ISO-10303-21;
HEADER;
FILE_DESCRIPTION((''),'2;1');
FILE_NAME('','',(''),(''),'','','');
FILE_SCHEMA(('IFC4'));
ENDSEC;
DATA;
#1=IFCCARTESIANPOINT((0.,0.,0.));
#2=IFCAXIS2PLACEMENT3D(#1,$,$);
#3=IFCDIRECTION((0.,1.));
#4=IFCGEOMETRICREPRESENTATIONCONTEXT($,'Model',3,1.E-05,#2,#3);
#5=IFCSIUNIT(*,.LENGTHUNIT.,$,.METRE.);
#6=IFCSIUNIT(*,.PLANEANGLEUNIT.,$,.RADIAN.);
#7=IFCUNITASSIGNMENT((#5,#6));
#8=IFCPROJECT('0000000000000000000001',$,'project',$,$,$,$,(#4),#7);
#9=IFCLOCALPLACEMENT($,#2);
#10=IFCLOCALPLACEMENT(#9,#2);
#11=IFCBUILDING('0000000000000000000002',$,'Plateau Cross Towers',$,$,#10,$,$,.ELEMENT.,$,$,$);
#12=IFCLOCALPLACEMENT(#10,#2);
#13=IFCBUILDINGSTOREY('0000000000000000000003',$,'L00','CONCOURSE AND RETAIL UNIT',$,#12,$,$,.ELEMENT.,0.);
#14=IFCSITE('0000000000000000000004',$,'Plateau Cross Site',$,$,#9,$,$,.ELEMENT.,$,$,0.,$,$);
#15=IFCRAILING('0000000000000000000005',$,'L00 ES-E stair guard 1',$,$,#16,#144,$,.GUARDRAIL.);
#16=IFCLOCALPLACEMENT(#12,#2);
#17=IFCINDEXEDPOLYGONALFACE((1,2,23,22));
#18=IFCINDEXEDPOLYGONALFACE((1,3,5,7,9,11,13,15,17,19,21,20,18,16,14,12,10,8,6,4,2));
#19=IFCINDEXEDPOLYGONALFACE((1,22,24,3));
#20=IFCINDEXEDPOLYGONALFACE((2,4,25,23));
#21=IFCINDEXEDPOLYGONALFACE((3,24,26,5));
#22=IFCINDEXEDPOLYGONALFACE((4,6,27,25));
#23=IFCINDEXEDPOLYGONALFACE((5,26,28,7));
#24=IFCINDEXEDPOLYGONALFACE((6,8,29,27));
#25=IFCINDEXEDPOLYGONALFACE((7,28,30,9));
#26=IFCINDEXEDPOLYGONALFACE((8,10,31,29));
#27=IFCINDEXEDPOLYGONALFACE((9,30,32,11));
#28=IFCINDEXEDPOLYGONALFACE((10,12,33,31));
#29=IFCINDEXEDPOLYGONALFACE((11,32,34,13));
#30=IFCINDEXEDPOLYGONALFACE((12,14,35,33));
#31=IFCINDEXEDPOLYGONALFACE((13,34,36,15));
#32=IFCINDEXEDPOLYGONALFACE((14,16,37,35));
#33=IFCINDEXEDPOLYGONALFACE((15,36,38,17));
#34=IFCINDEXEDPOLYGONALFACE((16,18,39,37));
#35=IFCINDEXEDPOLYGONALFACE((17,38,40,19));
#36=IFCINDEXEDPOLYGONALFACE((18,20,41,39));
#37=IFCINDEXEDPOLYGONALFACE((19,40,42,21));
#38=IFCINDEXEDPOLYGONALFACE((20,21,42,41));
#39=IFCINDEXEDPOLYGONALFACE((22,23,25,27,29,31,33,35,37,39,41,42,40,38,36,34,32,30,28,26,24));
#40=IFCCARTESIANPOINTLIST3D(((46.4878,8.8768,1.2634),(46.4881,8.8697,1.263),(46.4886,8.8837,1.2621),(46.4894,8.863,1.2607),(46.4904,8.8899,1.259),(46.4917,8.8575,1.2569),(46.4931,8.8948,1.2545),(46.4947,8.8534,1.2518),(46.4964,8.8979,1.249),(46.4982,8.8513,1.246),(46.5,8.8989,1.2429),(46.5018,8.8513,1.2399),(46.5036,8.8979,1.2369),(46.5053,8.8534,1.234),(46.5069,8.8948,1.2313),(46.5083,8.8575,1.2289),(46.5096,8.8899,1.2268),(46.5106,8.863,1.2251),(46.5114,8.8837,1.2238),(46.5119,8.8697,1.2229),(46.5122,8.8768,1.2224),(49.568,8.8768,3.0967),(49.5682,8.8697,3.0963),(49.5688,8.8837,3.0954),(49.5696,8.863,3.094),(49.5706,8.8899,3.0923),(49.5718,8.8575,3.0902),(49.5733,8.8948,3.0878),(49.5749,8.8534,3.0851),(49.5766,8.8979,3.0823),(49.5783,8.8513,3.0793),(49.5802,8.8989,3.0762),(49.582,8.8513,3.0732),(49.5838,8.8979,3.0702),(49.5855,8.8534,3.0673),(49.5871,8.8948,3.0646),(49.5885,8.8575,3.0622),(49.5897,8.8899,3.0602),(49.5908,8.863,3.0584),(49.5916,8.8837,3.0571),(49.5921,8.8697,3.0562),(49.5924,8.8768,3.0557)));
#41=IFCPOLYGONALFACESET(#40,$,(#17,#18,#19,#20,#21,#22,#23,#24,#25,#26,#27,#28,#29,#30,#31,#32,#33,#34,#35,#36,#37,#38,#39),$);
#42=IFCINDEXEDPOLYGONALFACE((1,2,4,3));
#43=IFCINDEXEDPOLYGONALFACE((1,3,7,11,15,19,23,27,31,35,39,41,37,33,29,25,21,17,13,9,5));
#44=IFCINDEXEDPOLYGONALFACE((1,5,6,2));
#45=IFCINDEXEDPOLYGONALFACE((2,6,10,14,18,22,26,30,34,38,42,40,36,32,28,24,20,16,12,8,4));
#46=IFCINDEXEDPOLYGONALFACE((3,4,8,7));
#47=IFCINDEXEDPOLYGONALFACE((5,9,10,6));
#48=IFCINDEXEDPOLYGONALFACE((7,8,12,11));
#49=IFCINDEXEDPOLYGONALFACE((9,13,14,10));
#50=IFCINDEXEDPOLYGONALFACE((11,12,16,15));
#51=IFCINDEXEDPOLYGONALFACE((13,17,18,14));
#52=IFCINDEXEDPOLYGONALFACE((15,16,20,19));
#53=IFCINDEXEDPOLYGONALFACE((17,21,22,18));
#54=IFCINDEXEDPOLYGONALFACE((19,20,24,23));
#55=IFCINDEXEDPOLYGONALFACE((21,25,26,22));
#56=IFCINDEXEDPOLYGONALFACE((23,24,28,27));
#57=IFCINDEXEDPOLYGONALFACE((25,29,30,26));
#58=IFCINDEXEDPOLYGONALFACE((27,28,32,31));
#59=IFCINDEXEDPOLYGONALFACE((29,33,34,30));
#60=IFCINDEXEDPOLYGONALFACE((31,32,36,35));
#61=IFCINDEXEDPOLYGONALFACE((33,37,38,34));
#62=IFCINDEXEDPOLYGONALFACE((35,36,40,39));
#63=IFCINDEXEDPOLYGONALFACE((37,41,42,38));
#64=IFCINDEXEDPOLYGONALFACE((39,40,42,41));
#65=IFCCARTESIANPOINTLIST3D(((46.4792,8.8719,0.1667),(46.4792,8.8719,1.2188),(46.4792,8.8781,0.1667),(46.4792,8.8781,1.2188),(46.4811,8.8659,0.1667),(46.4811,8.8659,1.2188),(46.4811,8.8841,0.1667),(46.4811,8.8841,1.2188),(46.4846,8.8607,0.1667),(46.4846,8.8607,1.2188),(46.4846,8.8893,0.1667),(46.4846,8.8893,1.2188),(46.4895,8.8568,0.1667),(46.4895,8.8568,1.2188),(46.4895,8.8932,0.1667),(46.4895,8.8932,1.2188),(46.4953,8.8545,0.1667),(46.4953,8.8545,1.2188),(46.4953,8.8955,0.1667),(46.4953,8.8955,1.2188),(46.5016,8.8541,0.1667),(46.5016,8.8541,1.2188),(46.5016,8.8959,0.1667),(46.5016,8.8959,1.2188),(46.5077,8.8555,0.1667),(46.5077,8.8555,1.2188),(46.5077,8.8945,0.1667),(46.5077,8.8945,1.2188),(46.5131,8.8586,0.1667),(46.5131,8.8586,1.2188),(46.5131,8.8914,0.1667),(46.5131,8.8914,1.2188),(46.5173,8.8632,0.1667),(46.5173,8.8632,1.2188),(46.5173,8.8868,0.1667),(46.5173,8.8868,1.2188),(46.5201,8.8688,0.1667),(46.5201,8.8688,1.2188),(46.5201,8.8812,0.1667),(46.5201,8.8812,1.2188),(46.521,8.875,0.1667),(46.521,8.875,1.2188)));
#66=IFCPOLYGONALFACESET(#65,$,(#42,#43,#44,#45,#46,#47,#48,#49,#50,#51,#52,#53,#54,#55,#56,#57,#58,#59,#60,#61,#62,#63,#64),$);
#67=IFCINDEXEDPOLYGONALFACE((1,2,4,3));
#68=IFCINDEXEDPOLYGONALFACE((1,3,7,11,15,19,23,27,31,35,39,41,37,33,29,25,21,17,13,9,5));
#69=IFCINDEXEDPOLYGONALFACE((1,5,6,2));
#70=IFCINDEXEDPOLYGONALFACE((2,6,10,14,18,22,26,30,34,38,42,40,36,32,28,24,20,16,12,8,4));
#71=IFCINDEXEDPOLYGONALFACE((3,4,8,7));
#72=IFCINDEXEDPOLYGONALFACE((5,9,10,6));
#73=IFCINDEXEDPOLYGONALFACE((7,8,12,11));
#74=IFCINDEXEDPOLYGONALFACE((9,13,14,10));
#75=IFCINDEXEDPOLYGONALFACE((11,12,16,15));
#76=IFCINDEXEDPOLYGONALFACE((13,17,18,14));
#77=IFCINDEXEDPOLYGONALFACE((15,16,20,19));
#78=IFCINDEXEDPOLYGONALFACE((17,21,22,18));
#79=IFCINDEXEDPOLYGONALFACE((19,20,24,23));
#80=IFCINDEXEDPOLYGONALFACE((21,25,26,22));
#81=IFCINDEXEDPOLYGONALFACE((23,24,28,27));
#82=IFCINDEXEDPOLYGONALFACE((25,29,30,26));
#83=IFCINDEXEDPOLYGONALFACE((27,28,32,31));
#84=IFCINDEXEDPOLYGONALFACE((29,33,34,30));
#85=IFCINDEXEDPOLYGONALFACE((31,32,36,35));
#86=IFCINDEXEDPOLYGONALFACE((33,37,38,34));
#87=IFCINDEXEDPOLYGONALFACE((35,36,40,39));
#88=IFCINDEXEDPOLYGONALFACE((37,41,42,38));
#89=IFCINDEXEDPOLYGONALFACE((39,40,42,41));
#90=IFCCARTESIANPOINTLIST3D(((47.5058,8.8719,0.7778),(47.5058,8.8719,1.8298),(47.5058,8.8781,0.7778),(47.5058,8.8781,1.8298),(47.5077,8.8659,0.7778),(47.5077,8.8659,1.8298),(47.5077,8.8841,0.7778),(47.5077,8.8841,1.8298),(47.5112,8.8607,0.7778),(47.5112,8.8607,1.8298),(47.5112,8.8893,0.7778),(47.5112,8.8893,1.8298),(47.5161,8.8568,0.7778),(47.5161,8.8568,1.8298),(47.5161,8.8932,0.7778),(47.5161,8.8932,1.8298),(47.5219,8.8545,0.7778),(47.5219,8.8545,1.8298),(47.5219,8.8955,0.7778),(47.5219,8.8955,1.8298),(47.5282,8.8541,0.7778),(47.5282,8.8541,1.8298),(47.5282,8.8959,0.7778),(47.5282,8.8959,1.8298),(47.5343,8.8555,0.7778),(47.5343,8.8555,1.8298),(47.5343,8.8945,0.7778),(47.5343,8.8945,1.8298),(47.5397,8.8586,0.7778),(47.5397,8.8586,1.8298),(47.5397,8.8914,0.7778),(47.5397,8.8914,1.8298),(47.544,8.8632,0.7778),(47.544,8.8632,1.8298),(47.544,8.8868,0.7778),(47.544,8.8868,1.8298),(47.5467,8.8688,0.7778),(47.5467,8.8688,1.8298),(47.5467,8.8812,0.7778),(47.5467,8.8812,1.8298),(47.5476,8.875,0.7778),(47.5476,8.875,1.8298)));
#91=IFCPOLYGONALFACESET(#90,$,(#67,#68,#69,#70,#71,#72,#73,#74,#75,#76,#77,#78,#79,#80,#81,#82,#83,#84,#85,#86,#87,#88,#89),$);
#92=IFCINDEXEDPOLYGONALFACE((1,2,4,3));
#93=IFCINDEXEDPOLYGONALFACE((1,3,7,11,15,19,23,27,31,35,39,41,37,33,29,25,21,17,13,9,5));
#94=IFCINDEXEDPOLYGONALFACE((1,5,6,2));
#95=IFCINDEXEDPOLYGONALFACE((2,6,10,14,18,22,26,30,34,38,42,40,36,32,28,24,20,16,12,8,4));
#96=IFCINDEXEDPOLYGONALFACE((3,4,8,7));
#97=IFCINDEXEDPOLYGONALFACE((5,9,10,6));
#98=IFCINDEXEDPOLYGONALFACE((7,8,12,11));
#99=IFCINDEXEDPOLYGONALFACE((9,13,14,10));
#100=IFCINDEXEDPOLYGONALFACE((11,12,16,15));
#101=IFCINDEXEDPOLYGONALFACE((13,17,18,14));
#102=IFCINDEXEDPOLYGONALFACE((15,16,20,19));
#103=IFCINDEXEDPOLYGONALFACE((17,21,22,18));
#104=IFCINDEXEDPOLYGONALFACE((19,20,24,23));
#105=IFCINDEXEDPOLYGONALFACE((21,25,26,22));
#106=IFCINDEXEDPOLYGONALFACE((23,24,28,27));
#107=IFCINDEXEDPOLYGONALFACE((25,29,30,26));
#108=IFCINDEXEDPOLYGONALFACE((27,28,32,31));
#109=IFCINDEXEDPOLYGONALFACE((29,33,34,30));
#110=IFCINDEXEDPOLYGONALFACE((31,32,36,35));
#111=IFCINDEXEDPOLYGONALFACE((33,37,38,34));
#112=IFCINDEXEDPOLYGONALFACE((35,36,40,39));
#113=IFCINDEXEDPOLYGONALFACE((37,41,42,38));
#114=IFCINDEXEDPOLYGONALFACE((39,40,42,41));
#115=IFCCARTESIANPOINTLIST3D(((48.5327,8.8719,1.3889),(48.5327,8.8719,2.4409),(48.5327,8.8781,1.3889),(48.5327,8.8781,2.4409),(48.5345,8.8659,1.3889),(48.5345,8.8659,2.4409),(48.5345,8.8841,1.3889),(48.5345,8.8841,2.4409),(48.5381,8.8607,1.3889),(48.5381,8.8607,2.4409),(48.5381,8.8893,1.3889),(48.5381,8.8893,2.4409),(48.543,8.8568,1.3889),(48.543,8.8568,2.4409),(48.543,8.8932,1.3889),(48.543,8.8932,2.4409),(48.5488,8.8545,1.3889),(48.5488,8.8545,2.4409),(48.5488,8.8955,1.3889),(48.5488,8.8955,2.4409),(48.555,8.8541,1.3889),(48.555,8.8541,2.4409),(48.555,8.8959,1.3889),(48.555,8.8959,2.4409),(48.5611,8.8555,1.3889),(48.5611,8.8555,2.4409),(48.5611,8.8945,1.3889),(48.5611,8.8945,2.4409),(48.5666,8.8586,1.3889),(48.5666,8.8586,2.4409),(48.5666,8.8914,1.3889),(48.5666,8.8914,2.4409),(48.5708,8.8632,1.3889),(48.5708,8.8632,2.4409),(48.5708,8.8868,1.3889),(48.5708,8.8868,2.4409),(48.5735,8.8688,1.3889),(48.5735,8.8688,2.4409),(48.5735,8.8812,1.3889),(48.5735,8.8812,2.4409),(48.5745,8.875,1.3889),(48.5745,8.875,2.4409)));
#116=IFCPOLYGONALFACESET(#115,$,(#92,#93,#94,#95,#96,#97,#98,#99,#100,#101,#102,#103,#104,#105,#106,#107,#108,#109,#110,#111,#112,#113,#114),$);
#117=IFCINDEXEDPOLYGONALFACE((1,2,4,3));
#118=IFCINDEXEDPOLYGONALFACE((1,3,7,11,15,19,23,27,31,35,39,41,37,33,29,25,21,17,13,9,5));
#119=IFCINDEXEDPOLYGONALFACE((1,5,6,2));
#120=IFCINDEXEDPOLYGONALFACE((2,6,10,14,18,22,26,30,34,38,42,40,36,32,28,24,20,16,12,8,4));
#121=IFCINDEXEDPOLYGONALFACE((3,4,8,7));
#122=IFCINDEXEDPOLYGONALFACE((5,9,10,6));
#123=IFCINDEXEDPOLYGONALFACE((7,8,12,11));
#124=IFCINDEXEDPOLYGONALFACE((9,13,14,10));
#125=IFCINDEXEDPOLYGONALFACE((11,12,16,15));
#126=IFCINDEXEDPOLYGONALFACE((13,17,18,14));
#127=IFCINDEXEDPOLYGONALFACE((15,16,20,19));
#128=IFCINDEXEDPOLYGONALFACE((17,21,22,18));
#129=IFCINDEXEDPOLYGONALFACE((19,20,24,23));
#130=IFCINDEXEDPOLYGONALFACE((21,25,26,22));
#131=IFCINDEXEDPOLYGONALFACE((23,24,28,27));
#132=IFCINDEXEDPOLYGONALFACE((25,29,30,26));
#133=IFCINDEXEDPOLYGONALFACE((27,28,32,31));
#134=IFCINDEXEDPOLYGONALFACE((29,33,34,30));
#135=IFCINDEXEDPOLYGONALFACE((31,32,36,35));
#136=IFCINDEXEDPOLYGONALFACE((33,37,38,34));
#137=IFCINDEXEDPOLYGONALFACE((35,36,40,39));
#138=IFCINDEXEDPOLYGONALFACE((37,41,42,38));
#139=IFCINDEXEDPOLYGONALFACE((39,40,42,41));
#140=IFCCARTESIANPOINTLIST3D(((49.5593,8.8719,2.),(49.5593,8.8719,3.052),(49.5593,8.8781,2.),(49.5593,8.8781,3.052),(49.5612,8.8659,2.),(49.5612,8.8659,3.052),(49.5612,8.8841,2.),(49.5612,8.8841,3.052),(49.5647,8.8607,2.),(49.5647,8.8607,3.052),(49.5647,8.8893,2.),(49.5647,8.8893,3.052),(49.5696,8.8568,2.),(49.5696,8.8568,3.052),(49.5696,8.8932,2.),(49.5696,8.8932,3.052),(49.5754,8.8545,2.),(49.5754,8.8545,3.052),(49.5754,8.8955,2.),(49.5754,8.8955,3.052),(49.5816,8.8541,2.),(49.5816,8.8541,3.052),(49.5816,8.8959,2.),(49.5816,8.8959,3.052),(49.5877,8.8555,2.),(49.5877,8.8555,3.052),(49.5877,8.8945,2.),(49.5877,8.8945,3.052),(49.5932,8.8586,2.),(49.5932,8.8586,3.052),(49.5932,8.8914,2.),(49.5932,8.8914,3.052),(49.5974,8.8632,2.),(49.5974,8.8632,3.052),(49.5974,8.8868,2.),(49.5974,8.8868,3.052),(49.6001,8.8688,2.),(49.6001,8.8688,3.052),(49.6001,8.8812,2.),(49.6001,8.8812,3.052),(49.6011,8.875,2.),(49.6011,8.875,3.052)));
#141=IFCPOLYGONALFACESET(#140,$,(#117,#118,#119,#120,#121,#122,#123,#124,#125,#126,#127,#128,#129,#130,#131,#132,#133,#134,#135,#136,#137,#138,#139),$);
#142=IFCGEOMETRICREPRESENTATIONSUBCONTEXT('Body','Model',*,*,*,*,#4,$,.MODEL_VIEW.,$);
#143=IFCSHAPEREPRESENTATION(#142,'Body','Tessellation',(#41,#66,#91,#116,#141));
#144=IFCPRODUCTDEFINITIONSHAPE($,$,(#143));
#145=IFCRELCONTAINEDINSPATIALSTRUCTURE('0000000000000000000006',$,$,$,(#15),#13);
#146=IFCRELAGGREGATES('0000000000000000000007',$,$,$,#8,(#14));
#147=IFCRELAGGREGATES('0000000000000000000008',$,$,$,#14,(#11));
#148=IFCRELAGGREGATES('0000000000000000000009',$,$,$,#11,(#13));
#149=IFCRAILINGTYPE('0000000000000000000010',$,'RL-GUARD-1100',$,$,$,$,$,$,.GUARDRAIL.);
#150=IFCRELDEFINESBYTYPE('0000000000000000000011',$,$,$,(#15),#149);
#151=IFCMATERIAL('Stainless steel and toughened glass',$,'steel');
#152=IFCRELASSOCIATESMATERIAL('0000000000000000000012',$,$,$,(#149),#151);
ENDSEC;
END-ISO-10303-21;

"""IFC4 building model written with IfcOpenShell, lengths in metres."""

from ifc_helpers import new_model, si_unit, direction, frame, origin, origin_2d, place, context, subcontext, project, spatial, circle, extrude, material, type_object, element, save


model = new_model("IFC4")

# Units and contexts
model_context = context("Model", 3, precision=1e-05, world=origin(), true_north=direction((0.0, 1.0)))
body_context = subcontext(model_context, "Body", "Model", "MODEL_VIEW")
ifc_project = project(units=[si_unit("LENGTHUNIT", "METRE"), si_unit("PLANEANGLEUNIT", "RADIAN")], contexts=[model_context])

# Site, building, storey
site_placement = place(None, origin())
site = spatial("IfcSite", under=ifc_project, at=site_placement, Name="Plateau Cross Site", CompositionType="ELEMENT", RefElevation=0.0)
building_placement = place(site_placement, origin())
building = spatial("IfcBuilding", under=site, at=building_placement, Name="Plateau Cross Towers", CompositionType="ELEMENT")
storey_placement = place(building_placement, origin())
storey = spatial("IfcBuildingStorey", under=building, at=storey_placement, Name="L00", Description="CONCOURSE AND RETAIL UNIT", CompositionType="ELEMENT", Elevation=0.0)

# Railing
ifc_material_1 = material(Name="Stainless steel and toughened glass", Category="steel")
railing_type_1 = type_object("IfcRailingType", Name="RL-GUARD-1100", PredefinedType="GUARDRAIL", material=ifc_material_1)
railing_1_placement = place(storey_placement, frame((46.5, 8.875, 0.1667)))
element("IfcRailing", 1, at=railing_1_placement, inside=storey, type_object=railing_type_1, Name="L00 ES-E stair guard 1", PredefinedType="GUARDRAIL", context=body_context, shape_type="SweptSolid", body=[
    extrude(circle(Radius=0.0239, at=origin_2d()), frame((0.0, 0.0, 1.0762), z_axis=(0.859309, 0.0, 0.511458), x_axis=(0.0, 1.0, 0.0)), (0.0, 0.0, 1.0), 3.5845),
    extrude(circle(Radius=0.021, at=origin_2d()), origin(), (0.0, 0.0, 1.0), 1.052),
    extrude(circle(Radius=0.021, at=origin_2d()), frame((1.0266, 0.0, 0.6111)), (0.0, 0.0, 1.0), 1.052),
    extrude(circle(Radius=0.021, at=origin_2d()), frame((2.0535, 0.0, 1.2222)), (0.0, 0.0, 1.0), 1.052),
    extrude(circle(Radius=0.021, at=origin_2d()), frame((3.0801, 0.0, 1.8333)), (0.0, 0.0, 1.0), 1.052),
])

save(model, "model.ifc")
